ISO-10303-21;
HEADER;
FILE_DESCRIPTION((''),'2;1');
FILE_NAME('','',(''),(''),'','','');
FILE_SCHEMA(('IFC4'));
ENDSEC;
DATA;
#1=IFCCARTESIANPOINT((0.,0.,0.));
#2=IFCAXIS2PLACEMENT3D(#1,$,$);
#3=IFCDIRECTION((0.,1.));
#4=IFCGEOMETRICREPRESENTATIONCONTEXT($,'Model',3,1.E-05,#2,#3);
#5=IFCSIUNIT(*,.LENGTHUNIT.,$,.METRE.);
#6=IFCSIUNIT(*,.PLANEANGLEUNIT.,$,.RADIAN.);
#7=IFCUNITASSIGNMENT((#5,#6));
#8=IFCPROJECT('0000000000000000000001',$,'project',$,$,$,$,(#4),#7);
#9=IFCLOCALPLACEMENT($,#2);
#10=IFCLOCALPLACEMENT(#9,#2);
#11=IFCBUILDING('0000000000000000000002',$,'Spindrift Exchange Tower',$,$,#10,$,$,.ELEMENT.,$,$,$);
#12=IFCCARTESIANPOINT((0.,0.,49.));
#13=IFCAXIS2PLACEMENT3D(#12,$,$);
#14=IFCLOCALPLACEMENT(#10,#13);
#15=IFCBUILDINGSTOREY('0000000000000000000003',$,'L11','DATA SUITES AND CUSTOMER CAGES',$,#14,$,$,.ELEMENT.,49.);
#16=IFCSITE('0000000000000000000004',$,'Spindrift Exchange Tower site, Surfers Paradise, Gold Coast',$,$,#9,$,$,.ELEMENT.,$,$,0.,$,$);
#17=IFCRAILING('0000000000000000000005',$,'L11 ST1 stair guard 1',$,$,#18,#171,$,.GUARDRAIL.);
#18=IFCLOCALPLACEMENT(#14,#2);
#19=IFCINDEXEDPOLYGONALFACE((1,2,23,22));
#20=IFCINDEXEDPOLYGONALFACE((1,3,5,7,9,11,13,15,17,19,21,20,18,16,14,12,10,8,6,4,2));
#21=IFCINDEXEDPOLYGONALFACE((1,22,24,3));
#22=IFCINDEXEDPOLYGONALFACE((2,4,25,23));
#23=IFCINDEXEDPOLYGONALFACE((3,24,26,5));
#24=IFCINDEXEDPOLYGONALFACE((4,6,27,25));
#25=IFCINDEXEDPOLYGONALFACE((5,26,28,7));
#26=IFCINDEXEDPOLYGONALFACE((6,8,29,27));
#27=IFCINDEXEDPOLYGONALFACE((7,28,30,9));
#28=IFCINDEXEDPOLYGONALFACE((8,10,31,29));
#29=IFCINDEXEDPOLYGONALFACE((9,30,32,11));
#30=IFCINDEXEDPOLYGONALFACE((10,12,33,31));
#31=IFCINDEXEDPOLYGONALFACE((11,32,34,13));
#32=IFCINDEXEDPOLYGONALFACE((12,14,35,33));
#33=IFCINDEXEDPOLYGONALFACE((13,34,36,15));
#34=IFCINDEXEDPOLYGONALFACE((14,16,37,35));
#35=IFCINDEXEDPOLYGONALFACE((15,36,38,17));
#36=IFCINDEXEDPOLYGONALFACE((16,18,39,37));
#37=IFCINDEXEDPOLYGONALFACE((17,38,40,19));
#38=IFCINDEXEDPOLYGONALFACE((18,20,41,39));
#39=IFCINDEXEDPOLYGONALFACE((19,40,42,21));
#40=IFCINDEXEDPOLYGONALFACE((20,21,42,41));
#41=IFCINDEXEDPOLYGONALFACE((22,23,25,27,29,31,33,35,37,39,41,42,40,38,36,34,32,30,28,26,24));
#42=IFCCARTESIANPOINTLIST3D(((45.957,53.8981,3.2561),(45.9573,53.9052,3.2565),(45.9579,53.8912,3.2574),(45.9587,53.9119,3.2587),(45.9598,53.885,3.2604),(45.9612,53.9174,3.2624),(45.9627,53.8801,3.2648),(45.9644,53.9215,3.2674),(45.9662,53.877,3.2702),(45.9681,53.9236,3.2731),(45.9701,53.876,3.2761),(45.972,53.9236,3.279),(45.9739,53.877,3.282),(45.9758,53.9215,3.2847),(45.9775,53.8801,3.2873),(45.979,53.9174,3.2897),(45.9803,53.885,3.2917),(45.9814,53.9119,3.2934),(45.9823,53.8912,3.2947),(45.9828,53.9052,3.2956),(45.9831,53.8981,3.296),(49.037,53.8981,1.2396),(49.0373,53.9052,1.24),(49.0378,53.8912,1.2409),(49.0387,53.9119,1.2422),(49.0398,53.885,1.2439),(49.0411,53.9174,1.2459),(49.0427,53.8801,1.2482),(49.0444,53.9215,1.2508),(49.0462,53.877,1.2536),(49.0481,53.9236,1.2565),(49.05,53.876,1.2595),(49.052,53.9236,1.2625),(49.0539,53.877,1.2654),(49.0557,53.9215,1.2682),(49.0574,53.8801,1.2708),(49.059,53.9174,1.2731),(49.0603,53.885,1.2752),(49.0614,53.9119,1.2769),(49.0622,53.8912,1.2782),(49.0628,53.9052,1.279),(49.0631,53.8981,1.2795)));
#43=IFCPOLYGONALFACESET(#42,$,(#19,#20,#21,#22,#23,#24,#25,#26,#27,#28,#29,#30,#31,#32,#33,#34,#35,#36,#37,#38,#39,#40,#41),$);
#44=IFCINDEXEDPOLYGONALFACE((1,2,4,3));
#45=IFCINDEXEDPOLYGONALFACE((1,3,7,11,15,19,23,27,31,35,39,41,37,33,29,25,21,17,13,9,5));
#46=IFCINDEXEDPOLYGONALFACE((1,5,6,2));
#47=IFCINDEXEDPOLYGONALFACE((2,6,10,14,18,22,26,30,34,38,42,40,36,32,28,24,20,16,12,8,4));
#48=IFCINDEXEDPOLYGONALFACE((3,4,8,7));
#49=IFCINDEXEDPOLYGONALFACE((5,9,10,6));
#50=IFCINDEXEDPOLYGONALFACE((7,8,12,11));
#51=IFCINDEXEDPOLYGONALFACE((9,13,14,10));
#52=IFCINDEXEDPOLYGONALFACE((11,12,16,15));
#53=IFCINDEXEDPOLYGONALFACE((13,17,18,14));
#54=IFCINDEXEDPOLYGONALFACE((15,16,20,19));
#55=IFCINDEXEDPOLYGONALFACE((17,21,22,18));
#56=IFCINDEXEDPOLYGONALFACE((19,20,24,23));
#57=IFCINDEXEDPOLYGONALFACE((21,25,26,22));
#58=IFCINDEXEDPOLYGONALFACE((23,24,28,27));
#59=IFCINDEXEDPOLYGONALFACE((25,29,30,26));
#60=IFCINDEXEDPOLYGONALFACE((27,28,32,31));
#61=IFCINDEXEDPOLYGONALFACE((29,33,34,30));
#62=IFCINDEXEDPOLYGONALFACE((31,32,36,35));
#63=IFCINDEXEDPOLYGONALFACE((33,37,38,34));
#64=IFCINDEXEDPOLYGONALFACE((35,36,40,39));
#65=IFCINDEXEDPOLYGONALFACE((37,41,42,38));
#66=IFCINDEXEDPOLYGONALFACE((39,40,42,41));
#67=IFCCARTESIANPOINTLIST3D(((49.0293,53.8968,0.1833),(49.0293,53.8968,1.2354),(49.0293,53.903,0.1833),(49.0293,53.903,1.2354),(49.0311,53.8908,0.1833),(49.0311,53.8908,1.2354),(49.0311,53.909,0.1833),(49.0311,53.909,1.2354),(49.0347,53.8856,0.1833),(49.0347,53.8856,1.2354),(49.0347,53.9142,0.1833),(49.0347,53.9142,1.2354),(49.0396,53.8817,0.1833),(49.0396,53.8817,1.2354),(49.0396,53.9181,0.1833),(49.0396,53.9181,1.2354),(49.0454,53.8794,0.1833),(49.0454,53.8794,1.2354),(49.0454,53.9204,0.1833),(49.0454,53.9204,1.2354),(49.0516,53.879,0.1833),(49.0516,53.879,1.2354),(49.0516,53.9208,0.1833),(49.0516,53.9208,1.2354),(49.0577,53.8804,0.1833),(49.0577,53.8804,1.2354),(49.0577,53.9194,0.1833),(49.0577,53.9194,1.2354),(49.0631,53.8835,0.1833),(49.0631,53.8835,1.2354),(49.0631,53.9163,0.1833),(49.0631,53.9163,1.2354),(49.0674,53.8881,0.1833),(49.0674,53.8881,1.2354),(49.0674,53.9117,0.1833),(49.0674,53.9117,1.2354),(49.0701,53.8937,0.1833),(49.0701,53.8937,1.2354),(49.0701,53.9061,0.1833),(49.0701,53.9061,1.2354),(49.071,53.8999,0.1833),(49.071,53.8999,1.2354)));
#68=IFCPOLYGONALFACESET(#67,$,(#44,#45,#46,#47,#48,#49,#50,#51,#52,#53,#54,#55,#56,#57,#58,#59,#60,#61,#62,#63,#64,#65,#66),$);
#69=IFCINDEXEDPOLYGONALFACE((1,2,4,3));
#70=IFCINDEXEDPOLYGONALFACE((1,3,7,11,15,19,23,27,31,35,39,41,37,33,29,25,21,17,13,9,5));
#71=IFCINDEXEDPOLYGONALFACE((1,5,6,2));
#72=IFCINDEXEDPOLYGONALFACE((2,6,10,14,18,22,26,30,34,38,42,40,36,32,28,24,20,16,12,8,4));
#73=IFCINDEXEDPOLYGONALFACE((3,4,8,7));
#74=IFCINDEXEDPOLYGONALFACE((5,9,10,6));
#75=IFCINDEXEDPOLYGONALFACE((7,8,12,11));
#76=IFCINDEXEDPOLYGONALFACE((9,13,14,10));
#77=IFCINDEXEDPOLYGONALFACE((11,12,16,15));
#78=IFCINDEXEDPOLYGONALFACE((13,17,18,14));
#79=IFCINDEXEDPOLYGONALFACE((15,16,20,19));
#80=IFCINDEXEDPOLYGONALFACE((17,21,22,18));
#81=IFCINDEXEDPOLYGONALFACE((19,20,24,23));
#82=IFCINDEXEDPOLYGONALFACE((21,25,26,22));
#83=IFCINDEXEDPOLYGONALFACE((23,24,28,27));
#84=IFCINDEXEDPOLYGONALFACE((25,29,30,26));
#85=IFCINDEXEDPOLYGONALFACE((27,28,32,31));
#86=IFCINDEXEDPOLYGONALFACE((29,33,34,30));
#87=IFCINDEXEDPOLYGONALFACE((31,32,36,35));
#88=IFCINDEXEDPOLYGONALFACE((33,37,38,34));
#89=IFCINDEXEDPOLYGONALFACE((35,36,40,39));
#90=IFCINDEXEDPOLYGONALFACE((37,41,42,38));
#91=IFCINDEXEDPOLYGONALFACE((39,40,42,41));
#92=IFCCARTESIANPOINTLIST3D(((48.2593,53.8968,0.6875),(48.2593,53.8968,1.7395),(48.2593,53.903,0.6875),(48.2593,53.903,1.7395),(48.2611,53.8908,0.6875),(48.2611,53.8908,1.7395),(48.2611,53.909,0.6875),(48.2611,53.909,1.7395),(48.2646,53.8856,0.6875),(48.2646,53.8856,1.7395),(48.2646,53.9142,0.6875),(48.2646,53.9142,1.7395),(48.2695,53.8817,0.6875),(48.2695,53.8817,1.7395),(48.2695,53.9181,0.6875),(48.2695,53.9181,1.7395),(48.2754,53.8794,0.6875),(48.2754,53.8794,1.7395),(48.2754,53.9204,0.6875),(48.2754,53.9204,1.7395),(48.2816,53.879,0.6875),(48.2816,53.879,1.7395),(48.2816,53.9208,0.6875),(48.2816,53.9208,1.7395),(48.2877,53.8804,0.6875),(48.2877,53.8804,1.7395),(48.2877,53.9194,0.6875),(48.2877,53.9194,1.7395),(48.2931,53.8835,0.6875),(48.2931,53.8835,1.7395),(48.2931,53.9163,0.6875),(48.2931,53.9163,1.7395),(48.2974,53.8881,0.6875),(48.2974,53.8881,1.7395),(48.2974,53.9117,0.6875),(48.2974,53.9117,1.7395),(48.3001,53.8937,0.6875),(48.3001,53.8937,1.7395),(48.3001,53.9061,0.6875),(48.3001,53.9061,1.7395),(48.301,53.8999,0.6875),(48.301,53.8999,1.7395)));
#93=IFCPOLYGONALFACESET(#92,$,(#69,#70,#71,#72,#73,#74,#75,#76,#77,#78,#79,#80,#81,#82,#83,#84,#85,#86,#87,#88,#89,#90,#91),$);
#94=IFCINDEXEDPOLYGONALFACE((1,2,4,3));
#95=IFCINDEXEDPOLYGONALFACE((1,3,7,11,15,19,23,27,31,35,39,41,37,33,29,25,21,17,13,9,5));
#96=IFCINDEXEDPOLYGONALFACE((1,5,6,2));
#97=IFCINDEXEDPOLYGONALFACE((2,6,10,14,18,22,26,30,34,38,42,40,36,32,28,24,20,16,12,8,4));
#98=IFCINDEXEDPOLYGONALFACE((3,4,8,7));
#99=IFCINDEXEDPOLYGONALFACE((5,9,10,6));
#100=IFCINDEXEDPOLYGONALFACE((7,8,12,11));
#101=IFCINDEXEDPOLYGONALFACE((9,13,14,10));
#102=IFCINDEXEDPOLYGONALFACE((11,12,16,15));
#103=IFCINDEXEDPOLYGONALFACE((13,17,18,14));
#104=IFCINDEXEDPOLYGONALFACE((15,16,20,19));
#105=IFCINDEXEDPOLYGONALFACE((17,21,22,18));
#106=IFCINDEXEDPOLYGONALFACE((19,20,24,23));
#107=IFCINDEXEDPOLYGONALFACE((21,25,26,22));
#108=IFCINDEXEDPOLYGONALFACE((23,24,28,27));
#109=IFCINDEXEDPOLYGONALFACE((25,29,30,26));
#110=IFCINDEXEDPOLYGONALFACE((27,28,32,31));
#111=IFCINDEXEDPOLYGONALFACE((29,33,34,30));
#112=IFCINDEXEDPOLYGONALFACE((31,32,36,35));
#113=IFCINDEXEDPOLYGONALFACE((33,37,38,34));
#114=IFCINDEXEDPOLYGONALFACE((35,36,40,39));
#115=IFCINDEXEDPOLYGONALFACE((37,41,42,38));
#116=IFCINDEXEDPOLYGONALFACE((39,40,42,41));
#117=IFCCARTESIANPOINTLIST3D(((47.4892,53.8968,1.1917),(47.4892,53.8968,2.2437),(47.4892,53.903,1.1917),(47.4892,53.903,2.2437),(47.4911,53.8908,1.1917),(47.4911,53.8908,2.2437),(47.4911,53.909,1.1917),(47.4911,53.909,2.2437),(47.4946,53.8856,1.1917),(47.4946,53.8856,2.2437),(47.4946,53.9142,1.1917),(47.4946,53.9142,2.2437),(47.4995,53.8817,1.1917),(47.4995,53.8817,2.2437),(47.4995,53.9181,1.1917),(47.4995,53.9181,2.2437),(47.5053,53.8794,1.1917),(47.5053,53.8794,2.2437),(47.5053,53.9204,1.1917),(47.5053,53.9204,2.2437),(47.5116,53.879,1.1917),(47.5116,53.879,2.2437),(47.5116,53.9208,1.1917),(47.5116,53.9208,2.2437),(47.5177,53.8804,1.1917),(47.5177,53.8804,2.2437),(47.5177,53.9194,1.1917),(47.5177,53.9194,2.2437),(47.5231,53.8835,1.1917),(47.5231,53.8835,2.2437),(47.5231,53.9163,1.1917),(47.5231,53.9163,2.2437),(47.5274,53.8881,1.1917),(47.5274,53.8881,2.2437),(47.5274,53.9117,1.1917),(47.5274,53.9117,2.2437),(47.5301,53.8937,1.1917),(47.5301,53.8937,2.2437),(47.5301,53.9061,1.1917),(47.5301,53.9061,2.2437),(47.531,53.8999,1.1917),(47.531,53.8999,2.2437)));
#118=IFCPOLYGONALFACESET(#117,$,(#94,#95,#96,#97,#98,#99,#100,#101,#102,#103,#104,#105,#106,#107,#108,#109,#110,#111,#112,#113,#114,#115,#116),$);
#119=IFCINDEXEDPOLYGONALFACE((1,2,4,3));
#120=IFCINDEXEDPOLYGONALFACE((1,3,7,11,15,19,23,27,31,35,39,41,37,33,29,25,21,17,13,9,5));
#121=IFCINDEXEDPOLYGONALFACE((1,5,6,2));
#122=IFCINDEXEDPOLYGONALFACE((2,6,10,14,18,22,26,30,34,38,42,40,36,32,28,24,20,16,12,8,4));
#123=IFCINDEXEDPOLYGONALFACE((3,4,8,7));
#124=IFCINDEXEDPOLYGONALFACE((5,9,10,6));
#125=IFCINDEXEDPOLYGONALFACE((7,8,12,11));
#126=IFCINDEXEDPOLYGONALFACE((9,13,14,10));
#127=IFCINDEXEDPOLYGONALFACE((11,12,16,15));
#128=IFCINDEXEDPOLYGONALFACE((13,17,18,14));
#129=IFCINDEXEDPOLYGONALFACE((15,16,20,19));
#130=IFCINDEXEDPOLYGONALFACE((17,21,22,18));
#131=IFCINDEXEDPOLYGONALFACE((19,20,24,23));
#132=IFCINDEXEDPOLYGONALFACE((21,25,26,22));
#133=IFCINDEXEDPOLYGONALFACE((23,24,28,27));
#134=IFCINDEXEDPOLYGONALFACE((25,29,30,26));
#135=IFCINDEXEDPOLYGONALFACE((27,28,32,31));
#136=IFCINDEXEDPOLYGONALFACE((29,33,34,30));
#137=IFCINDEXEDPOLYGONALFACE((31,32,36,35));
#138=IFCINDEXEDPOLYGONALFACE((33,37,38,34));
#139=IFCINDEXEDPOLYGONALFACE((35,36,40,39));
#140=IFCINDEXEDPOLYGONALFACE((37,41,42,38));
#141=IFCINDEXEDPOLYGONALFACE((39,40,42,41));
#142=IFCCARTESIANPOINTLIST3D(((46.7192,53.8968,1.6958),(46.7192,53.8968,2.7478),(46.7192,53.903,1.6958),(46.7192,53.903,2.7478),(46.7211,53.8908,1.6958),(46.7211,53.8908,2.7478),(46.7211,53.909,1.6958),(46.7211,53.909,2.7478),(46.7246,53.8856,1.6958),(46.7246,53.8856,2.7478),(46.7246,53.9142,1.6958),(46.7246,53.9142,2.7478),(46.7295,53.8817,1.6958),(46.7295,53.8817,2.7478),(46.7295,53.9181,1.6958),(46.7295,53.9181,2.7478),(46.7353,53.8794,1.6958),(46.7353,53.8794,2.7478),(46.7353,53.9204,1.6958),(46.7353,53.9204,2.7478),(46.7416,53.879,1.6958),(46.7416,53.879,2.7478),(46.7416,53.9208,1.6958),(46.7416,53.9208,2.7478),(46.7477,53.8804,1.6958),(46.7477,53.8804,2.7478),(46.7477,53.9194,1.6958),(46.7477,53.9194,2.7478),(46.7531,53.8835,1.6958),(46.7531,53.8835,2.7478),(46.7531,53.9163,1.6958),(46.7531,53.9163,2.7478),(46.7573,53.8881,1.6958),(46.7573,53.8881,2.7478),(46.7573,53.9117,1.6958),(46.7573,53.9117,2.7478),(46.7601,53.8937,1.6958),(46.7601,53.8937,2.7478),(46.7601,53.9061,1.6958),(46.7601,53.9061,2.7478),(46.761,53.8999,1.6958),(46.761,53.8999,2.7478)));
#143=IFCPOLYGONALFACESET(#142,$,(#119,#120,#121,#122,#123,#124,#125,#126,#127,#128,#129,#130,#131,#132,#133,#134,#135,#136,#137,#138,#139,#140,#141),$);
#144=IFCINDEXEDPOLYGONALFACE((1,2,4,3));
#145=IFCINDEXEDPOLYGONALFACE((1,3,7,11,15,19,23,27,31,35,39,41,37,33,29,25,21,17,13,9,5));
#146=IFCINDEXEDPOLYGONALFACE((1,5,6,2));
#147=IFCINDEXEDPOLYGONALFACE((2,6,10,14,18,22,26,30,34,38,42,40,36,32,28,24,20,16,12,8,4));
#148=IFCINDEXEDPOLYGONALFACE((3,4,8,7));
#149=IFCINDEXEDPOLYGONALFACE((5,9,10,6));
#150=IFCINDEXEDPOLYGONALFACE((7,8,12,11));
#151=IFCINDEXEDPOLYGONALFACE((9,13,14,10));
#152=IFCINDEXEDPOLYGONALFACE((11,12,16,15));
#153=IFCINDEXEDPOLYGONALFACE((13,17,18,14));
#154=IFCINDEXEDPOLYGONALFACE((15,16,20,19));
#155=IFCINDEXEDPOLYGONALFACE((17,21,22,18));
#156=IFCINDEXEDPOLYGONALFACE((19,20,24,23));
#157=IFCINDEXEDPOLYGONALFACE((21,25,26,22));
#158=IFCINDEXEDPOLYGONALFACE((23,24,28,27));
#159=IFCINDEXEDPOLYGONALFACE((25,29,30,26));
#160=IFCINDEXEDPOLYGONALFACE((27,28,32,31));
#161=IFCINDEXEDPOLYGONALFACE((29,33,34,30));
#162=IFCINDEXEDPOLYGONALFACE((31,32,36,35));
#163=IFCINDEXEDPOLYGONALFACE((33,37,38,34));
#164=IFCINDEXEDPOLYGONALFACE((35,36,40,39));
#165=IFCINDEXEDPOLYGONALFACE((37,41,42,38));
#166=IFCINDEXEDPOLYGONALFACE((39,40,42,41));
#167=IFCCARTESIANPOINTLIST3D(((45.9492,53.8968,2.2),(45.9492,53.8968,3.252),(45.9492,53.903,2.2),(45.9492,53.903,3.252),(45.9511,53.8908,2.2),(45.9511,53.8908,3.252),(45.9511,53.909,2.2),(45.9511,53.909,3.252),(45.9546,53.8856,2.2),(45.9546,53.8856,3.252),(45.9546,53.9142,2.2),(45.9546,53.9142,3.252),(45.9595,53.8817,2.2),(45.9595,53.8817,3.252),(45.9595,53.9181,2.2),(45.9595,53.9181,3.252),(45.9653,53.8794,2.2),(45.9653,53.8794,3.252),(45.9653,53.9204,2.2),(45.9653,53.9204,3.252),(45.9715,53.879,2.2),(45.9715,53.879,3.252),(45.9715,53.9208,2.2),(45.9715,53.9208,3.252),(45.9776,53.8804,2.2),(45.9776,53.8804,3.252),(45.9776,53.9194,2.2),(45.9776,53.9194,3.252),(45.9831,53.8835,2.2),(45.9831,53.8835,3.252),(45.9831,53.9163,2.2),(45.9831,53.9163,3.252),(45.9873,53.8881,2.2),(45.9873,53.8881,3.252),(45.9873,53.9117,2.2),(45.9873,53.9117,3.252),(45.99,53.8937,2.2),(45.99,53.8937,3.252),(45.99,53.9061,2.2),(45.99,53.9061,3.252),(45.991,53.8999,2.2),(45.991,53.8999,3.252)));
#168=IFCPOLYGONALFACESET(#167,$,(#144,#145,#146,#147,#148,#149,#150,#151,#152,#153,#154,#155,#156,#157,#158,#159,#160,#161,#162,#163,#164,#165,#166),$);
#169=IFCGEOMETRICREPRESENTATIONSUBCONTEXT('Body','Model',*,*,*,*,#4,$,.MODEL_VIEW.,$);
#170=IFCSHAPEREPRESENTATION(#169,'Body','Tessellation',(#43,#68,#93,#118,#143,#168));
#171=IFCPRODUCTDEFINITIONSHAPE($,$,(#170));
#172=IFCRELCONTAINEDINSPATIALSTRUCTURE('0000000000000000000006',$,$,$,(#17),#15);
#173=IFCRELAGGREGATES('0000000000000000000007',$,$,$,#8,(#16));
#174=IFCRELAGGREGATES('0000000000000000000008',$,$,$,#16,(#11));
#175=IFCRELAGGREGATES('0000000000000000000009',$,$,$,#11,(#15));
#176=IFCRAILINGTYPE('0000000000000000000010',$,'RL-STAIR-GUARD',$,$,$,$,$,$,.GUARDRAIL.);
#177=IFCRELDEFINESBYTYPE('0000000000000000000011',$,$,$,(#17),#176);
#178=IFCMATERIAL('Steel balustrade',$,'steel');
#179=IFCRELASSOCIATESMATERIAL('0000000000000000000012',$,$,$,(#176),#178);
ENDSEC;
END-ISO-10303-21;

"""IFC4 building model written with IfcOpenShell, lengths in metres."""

from ifc_helpers import new_model, si_unit, direction, frame, origin, origin_2d, place, context, subcontext, project, spatial, circle, extrude, material, type_object, element, save


model = new_model("IFC4")

# Units and contexts
model_context = context("Model", 3, precision=1e-05, world=origin(), true_north=direction((0.0, 1.0)))
body_context = subcontext(model_context, "Body", "Model", "MODEL_VIEW")
ifc_project = project(units=[si_unit("LENGTHUNIT", "METRE"), si_unit("PLANEANGLEUNIT", "RADIAN")], contexts=[model_context])

# Site, building, storey
site_placement = place(None, origin())
site = spatial("IfcSite", under=ifc_project, at=site_placement, Name="Spindrift Exchange Tower site, Surfers Paradise, Gold Coast", CompositionType="ELEMENT", RefElevation=0.0)
building_placement = place(site_placement, origin())
building = spatial("IfcBuilding", under=site, at=building_placement, Name="Spindrift Exchange Tower", CompositionType="ELEMENT")
storey_placement = place(building_placement, frame((0.0, 0.0, 49.0)))
storey = spatial("IfcBuildingStorey", under=building, at=storey_placement, Name="L11", Description="DATA SUITES AND CUSTOMER CAGES", CompositionType="ELEMENT", Elevation=49.0)

# Railing
ifc_material_1 = material(Name="Steel balustrade", Category="steel")
railing_type_1 = type_object("IfcRailingType", Name="RL-STAIR-GUARD", PredefinedType="GUARDRAIL", material=ifc_material_1)
railing_1_placement = place(storey_placement, frame((49.05, 53.8999, 0.1833)))
element("IfcRailing", 1, at=railing_1_placement, inside=storey, type_object=railing_type_1, Name="L11 ST1 stair guard 1", PredefinedType="GUARDRAIL", context=body_context, shape_type="SweptSolid", body=[
    extrude(circle(Radius=0.0239, at=origin_2d()), frame((0.0, 0.0, 1.0762), z_axis=(-0.836633, 0.0, 0.547764), x_axis=(0.0, -1.0, 0.0)), (0.0, 0.0, 1.0), 3.6814),
    extrude(circle(Radius=0.021, at=origin_2d()), origin(), (0.0, 0.0, 1.0), 1.052),
    extrude(circle(Radius=0.021, at=origin_2d()), frame((-0.77, 0.0, 0.5042)), (0.0, 0.0, 1.0), 1.052),
    extrude(circle(Radius=0.021, at=origin_2d()), frame((-1.54, 0.0, 1.0083)), (0.0, 0.0, 1.0), 1.052),
    extrude(circle(Radius=0.021, at=origin_2d()), frame((-2.3101, 0.0, 1.5125)), (0.0, 0.0, 1.0), 1.052),
    extrude(circle(Radius=0.021, at=origin_2d()), frame((-3.0801, 0.0, 2.0166)), (0.0, 0.0, 1.0), 1.052),
])

save(model, "model.ifc")
